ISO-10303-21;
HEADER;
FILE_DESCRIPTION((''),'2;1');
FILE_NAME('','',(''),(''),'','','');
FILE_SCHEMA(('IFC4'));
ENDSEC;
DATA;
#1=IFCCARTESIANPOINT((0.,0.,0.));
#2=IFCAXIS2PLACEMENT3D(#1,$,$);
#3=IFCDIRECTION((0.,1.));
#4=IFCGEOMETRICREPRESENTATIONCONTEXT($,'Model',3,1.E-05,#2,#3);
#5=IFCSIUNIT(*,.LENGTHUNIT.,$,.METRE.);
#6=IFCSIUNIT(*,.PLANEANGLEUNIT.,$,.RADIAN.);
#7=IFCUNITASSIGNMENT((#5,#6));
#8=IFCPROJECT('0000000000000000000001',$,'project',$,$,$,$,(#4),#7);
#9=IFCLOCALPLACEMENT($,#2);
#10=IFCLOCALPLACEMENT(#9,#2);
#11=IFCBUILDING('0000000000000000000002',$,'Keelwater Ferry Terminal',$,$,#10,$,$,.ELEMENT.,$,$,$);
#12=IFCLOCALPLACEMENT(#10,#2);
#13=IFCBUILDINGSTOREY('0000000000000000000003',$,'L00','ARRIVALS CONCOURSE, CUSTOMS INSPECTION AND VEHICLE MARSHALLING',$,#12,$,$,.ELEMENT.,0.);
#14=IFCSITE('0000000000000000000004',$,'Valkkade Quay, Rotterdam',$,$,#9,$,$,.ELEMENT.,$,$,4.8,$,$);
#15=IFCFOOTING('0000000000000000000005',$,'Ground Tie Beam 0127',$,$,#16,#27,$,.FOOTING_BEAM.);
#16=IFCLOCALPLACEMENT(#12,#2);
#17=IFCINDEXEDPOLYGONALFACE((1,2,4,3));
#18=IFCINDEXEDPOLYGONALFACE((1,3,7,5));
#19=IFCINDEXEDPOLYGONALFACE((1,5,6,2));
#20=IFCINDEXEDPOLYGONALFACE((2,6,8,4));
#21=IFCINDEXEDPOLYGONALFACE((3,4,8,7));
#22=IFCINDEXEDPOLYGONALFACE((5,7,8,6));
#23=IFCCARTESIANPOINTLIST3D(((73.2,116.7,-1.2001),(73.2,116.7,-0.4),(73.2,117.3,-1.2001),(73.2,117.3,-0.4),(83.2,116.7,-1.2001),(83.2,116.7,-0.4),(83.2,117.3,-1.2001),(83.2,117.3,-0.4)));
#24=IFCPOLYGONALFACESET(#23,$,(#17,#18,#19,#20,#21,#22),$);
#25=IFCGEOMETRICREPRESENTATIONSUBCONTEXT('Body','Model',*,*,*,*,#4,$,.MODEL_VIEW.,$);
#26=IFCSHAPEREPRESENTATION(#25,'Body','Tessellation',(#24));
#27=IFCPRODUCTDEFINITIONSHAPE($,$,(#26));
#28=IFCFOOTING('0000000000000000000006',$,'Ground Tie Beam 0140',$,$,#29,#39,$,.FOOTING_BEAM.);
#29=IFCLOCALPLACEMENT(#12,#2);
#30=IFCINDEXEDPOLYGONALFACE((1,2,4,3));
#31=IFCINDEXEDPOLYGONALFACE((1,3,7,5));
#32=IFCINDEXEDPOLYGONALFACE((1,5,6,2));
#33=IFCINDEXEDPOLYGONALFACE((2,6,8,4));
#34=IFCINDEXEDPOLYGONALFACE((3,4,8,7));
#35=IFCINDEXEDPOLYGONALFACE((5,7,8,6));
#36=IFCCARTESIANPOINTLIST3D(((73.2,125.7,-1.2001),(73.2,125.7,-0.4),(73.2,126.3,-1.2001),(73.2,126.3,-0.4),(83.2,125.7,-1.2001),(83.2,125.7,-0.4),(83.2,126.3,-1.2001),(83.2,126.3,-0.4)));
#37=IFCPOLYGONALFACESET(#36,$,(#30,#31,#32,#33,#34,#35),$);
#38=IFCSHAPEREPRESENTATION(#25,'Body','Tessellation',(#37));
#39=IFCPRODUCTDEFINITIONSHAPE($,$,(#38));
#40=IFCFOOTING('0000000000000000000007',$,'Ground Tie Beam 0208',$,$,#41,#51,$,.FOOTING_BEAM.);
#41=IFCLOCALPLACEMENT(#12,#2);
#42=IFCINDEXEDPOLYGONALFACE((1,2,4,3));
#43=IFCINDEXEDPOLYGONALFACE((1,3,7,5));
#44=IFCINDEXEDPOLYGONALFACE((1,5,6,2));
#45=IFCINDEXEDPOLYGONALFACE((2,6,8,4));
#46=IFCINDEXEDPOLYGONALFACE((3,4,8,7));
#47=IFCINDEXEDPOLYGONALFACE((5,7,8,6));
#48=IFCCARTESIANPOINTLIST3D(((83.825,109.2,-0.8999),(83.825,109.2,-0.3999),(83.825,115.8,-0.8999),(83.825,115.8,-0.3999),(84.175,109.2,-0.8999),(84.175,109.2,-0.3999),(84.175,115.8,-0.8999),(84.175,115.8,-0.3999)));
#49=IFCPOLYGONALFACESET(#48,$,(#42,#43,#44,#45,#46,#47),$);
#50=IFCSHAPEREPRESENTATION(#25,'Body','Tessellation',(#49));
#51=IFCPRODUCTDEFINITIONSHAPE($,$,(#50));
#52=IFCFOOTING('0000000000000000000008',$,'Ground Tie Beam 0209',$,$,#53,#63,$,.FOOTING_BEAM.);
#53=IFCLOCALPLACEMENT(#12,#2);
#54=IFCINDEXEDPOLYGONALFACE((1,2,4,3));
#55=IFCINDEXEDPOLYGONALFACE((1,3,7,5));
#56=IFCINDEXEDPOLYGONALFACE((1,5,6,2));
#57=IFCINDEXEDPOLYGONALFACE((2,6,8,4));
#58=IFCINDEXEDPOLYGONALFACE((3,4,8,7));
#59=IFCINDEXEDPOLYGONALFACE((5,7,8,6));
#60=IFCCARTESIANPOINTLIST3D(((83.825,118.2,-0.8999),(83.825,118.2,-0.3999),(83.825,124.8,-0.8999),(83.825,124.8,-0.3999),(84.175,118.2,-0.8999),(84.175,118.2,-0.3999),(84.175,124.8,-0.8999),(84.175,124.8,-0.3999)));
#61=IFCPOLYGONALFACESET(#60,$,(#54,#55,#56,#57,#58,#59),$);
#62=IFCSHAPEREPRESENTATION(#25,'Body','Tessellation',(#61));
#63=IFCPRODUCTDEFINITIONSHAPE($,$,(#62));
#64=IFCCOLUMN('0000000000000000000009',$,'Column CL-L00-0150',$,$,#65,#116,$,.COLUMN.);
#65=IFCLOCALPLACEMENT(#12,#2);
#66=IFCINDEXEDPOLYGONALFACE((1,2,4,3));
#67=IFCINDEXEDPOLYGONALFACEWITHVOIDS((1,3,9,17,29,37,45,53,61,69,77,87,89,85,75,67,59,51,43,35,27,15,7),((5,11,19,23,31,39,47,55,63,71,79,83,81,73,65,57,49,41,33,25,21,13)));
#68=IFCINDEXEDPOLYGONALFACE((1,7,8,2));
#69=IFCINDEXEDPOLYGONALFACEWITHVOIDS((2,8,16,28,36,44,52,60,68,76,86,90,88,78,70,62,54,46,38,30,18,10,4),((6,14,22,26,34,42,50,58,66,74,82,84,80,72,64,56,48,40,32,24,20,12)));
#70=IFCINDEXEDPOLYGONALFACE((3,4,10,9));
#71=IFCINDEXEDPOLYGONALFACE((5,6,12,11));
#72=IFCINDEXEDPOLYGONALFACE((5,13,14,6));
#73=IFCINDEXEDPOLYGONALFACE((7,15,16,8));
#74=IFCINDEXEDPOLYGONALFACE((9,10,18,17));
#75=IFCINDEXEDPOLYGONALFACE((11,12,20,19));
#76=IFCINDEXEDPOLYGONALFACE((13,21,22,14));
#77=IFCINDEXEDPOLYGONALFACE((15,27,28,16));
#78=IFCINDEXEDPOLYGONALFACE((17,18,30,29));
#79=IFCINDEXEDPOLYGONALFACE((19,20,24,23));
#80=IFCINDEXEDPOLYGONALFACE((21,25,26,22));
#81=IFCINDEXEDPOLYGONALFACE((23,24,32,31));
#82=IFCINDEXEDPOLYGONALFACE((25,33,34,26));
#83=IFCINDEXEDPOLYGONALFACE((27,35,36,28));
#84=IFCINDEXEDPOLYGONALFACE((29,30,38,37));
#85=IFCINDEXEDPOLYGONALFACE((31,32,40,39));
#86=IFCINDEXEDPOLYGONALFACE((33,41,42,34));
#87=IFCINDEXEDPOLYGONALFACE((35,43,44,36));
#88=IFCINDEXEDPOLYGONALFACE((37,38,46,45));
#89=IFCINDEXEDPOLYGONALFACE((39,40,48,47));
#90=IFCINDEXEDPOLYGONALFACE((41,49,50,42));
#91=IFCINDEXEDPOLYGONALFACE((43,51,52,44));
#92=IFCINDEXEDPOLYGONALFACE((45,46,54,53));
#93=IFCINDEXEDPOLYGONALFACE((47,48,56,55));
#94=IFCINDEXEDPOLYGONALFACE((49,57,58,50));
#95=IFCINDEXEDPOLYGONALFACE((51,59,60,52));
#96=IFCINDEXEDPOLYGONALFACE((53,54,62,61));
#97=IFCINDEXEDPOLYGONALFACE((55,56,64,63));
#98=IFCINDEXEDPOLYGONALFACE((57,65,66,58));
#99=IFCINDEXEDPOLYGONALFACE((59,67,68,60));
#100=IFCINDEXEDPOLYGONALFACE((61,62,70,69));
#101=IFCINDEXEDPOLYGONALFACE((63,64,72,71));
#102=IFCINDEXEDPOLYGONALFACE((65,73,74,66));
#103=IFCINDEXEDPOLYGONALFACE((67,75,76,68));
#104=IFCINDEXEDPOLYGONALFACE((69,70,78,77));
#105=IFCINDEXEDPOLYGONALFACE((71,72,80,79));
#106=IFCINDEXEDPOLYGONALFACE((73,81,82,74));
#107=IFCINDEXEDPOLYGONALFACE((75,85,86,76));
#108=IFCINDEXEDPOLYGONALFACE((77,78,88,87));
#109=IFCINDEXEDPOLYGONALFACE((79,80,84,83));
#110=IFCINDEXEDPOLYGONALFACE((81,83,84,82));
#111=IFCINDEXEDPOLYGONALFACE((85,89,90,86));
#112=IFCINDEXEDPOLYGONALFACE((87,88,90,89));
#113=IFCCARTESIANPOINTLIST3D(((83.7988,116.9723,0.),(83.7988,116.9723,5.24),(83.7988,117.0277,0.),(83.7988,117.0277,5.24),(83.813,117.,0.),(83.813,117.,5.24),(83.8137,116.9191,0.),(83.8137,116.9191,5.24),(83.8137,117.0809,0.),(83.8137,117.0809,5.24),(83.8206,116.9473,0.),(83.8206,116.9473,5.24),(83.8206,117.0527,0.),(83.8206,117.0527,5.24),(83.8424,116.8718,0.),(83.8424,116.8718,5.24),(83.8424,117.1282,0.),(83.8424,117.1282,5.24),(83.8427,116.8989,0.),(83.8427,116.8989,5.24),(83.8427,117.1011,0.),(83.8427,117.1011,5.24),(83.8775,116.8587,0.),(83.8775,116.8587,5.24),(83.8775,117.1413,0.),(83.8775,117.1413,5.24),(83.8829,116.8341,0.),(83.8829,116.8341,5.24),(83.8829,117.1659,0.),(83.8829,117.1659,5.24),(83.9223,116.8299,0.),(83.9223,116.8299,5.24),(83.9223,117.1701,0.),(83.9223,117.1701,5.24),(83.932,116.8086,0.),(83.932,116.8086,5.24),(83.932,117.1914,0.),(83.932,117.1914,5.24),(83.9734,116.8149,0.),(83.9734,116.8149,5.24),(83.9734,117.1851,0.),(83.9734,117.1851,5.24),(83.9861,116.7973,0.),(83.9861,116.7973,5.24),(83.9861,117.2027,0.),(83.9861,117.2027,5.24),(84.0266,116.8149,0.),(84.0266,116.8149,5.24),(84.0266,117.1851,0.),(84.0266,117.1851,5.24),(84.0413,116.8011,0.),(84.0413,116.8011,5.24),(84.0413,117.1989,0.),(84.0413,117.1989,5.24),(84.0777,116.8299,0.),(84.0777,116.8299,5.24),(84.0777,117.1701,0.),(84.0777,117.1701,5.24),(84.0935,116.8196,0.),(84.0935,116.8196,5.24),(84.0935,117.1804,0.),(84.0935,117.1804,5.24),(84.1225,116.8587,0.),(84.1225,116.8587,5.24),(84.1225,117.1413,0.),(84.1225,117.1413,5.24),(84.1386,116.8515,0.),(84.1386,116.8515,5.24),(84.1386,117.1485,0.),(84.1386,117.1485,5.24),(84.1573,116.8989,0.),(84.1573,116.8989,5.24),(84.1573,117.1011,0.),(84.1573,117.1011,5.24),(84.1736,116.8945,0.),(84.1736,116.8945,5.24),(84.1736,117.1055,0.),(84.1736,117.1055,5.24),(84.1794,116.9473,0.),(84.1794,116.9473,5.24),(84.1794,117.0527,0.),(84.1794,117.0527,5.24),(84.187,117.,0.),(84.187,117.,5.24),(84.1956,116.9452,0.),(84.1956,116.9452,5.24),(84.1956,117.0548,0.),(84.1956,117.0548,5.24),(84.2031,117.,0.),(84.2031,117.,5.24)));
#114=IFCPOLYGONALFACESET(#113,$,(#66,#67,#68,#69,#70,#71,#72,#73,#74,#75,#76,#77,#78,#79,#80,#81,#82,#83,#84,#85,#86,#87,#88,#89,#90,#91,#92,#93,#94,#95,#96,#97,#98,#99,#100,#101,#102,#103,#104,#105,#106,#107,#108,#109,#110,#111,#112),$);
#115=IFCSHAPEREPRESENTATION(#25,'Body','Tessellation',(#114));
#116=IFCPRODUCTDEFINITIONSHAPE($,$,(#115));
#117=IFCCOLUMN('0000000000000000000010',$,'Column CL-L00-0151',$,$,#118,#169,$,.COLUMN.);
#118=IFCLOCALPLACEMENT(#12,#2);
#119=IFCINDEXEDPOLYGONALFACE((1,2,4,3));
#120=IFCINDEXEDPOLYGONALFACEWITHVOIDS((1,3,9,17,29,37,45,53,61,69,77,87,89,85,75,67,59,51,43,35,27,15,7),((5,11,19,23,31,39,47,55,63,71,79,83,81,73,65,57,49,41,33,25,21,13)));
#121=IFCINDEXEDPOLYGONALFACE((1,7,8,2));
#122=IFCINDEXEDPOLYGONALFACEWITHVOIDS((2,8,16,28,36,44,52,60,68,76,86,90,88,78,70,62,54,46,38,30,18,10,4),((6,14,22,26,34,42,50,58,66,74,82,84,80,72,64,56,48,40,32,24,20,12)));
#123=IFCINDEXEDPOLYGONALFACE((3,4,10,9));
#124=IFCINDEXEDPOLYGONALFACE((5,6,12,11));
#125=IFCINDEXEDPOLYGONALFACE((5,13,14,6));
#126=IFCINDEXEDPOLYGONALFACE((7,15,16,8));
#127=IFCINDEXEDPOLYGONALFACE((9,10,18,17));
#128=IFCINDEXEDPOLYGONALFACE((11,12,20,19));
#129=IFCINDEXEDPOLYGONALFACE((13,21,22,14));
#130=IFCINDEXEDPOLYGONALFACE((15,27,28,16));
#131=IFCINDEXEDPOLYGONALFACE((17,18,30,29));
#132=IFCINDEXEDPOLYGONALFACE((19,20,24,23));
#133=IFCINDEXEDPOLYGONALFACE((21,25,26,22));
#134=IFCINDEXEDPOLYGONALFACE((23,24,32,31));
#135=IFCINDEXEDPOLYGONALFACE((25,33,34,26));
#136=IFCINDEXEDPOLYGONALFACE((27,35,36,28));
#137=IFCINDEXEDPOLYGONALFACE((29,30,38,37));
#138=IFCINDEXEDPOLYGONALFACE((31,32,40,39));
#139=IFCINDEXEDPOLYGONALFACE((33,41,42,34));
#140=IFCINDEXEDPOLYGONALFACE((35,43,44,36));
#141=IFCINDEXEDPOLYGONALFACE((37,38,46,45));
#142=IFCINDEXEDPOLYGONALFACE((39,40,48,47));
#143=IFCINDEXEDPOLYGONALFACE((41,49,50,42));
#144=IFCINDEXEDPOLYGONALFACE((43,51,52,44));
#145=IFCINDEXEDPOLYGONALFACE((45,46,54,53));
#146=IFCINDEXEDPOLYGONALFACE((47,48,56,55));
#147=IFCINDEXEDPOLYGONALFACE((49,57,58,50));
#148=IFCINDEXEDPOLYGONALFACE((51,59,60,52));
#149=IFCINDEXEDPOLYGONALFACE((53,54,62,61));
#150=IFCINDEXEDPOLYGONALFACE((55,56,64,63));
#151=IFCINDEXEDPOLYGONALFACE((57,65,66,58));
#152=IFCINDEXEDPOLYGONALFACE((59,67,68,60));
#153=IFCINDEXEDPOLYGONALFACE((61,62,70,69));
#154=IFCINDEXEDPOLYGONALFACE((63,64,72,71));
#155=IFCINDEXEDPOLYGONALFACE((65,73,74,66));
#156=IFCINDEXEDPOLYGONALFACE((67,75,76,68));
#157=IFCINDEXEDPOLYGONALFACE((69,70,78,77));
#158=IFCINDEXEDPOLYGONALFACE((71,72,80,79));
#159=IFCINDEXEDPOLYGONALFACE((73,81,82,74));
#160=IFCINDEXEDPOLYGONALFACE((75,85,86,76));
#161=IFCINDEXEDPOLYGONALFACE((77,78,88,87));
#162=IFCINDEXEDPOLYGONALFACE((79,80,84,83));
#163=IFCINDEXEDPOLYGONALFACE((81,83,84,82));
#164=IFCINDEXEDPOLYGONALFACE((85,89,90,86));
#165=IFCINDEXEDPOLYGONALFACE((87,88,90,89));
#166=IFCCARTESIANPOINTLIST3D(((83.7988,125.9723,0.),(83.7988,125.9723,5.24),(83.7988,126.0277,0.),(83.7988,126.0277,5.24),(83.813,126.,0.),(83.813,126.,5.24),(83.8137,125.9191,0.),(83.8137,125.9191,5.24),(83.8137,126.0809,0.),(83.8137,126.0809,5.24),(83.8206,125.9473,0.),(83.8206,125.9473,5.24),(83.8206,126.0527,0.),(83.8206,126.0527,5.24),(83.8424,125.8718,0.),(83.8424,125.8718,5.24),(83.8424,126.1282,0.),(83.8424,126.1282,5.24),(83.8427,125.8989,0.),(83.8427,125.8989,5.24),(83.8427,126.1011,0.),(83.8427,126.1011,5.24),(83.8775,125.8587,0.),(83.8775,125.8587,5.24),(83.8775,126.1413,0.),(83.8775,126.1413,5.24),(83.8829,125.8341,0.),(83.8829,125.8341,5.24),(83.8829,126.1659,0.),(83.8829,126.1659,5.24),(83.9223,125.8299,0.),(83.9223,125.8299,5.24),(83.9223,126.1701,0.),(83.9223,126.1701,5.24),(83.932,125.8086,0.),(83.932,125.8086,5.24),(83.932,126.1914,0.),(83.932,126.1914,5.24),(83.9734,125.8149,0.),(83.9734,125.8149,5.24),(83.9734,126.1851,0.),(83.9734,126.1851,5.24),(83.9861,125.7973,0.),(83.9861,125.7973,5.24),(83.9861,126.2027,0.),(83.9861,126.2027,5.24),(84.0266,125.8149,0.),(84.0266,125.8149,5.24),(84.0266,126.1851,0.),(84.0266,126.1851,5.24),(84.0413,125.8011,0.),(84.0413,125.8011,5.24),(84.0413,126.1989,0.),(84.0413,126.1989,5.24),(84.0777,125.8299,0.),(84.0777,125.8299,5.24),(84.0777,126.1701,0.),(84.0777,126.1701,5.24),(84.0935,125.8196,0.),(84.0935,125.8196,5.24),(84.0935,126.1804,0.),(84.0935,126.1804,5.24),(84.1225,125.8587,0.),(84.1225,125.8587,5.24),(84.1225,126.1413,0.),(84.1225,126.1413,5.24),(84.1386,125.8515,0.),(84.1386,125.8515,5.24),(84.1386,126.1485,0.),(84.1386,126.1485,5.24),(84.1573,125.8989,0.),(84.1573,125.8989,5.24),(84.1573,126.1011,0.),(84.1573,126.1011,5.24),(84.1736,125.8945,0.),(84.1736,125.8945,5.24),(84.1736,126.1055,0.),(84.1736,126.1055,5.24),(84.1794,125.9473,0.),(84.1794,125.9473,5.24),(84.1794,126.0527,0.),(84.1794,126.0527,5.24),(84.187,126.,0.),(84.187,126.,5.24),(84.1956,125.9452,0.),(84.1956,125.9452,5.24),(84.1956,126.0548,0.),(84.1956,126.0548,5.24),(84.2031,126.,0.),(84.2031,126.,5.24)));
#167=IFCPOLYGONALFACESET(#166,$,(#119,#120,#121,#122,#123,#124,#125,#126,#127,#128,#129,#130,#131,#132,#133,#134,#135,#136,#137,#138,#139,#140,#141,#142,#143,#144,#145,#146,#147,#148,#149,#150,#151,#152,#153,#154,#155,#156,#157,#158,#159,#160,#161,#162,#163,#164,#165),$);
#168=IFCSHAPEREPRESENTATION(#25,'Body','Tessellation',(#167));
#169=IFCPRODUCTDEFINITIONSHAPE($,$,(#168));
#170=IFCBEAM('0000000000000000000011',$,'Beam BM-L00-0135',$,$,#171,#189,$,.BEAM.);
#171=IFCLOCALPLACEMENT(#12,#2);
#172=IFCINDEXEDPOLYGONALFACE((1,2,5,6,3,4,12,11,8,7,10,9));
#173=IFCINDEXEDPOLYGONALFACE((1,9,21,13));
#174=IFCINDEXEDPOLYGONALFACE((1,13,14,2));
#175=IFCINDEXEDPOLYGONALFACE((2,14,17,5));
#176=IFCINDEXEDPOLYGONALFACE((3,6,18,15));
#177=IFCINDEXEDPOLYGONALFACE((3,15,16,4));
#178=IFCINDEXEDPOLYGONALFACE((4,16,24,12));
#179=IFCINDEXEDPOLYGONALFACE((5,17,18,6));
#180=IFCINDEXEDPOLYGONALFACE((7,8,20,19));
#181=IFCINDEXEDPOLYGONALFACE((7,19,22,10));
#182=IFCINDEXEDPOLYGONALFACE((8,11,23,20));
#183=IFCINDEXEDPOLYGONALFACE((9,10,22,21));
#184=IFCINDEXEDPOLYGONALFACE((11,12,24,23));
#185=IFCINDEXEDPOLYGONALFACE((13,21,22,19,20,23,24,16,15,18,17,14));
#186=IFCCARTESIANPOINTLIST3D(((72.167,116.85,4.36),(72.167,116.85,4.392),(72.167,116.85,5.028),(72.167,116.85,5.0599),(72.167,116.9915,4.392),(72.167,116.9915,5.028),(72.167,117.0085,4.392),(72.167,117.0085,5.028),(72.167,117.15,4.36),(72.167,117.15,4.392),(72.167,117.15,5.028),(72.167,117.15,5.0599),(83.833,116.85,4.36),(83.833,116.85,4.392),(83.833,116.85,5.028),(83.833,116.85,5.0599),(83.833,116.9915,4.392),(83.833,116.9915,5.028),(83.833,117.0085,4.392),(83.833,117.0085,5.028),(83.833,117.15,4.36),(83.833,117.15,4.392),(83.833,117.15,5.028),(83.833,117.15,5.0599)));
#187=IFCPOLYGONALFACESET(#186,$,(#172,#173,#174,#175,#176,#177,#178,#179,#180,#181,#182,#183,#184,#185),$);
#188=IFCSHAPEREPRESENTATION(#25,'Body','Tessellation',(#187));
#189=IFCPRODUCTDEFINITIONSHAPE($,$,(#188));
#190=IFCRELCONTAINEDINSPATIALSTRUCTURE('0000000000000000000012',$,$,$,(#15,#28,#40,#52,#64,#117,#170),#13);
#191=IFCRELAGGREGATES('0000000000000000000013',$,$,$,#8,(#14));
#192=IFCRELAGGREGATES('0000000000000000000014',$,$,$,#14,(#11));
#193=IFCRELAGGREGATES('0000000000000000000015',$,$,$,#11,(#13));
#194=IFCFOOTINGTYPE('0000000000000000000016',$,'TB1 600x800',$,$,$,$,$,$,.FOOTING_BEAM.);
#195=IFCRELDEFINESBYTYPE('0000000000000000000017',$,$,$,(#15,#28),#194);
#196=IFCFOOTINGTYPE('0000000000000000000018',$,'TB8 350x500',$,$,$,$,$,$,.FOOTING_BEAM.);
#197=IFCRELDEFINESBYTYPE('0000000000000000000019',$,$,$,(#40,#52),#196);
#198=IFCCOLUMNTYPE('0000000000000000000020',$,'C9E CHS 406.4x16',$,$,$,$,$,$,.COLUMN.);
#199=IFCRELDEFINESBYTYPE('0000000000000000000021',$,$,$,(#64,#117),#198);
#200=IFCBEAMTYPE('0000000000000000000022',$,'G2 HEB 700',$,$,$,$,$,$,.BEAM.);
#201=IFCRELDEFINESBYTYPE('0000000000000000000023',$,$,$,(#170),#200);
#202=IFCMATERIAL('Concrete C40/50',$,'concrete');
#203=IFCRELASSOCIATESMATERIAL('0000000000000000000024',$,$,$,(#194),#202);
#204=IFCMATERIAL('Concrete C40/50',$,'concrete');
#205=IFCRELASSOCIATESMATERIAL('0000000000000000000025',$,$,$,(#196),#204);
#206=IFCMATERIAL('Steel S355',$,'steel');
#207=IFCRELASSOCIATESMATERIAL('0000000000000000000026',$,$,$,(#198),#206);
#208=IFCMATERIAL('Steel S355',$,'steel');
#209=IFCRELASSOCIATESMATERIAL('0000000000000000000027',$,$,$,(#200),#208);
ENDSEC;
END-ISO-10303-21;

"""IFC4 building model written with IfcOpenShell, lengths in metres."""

from ifc_helpers import new_model, si_unit, direction, frame, origin, origin_2d, place, context, subcontext, project, spatial, rectangle, hollow_circle, i_section, extrude, material, material_profile, profile_set, type_object, element, save


model = new_model("IFC4")

# Units and contexts
model_context = context("Model", 3, precision=1e-05, world=origin(), true_north=direction((0.0, 1.0)))
body_context = subcontext(model_context, "Body", "Model", "MODEL_VIEW")
ifc_project = project(units=[si_unit("LENGTHUNIT", "METRE"), si_unit("PLANEANGLEUNIT", "RADIAN")], contexts=[model_context])

# Site, building, storey
site_placement = place(None, origin())
site = spatial("IfcSite", under=ifc_project, at=site_placement, Name="Valkkade Quay, Rotterdam", CompositionType="ELEMENT", RefElevation=4.8)
building_placement = place(site_placement, origin())
building = spatial("IfcBuilding", under=site, at=building_placement, Name="Keelwater Ferry Terminal", CompositionType="ELEMENT")
storey_placement = place(building_placement, origin())
storey = spatial("IfcBuildingStorey", under=building, at=storey_placement, Name="L00", Description="ARRIVALS CONCOURSE, CUSTOMS INSPECTION AND VEHICLE MARSHALLING", CompositionType="ELEMENT", Elevation=0.0)

# Footings
ifc_material_1 = material(Name="Concrete C40/50", Category="concrete")
ifc_material_profile_1 = material_profile(ifc_material_1, rectangle(XDim=0.6001, YDim=0.8, at=origin_2d()), Name="TB 600x800")
ifc_profile_set_1 = profile_set([ifc_material_profile_1], Name="Concrete C40/50")
footing_type_1 = type_object("IfcFootingType", Name="TB1 600x800", PredefinedType="FOOTING_BEAM", material=ifc_profile_set_1)
for number, where, z_axis, x_axis, name in (
    (1, (73.2, 117.0, -0.8), (1.0, 0.0, 0.0), (0.0, 1.0, 0.0), "Ground Tie Beam 0127"),
    (2, (73.2, 126.0, -0.8), (1.0, 0.0, 0.0), (0.0, 1.0, 0.0), "Ground Tie Beam 0140"),
):
    element("IfcFooting", number, at=place(storey_placement, frame(where, z_axis=z_axis, x_axis=x_axis)), inside=storey, type_object=footing_type_1, Name=name, PredefinedType="FOOTING_BEAM", context=body_context, shape_type="SweptSolid", body=[
        extrude(rectangle(XDim=0.6001, YDim=0.8, at=origin_2d()), origin(), (0.0, 0.0, 1.0), 10.0),
    ])
ifc_material_2 = material(Name="Concrete C40/50", Category="concrete")
ifc_material_profile_2 = material_profile(ifc_material_2, rectangle(XDim=0.3501, YDim=0.5, at=origin_2d()), Name="TB 350x500")
ifc_profile_set_2 = profile_set([ifc_material_profile_2], Name="Concrete C40/50")
footing_type_2 = type_object("IfcFootingType", Name="TB8 350x500", PredefinedType="FOOTING_BEAM", material=ifc_profile_set_2)
for number, where, z_axis, x_axis, name in (
    (3, (84.0, 109.2, -0.6499), (0.0, 1.0, 0.0), (-1.0, 0.0, 0.0), "Ground Tie Beam 0208"),
    (4, (84.0, 118.2, -0.6499), (0.0, 1.0, 0.0), (-1.0, 0.0, 0.0), "Ground Tie Beam 0209"),
):
    element("IfcFooting", number, at=place(storey_placement, frame(where, z_axis=z_axis, x_axis=x_axis)), inside=storey, type_object=footing_type_2, Name=name, PredefinedType="FOOTING_BEAM", context=body_context, shape_type="SweptSolid", body=[
        extrude(rectangle(XDim=0.3501, YDim=0.5, at=origin_2d()), origin(), (0.0, 0.0, 1.0), 6.6001),
    ])

# Columns
ifc_material_3 = material(Name="Steel S355", Category="steel")
ifc_material_profile_3 = material_profile(ifc_material_3, hollow_circle(Radius=0.2031, WallThickness=0.0161, at=origin_2d()), Name="CHS 406.4x16")
ifc_profile_set_3 = profile_set([ifc_material_profile_3], Name="Steel S355")
column_type = type_object("IfcColumnType", Name="C9E CHS 406.4x16", PredefinedType="COLUMN", material=ifc_profile_set_3)
for number, where, z_axis, x_axis, name in (
    (5, (84.0, 117.0, 0.0), (0.0, 0.0, 1.0), (1.0, 0.0, 0.0), "Column CL-L00-0150"),
    (6, (84.0, 126.0, 0.0), (0.0, 0.0, 1.0), (1.0, 0.0, 0.0), "Column CL-L00-0151"),
):
    element("IfcColumn", number, at=place(storey_placement, frame(where, z_axis=z_axis, x_axis=x_axis)), inside=storey, type_object=column_type, Name=name, PredefinedType="COLUMN", context=body_context, shape_type="SweptSolid", body=[
        extrude(hollow_circle(Radius=0.2031, WallThickness=0.0161, at=origin_2d()), origin(), (0.0, 0.0, 1.0), 5.24),
    ])

# Beam
ifc_material_4 = material(Name="Steel S355", Category="steel")
ifc_material_profile_4 = material_profile(ifc_material_4, i_section(OverallWidth=0.3, OverallDepth=0.7, WebThickness=0.0171, FlangeThickness=0.032, at=origin_2d()), Name="HEB 700")
ifc_profile_set_4 = profile_set([ifc_material_profile_4], Name="Steel S355")
beam_type_1 = type_object("IfcBeamType", Name="G2 HEB 700", PredefinedType="BEAM", material=ifc_profile_set_4)
beam_1_placement = place(storey_placement, frame((72.167, 117.0, 4.71), z_axis=(1.0, 0.0, 0.0), x_axis=(0.0, 1.0, 0.0)))
element("IfcBeam", 7, at=beam_1_placement, inside=storey, type_object=beam_type_1, Name="Beam BM-L00-0135", PredefinedType="BEAM", context=body_context, shape_type="SweptSolid", body=[
    extrude(i_section(OverallWidth=0.3, OverallDepth=0.7, WebThickness=0.0171, FlangeThickness=0.032, at=origin_2d()), origin(), (0.0, 0.0, 1.0), 11.666),
])

save(model, "model.ifc")
